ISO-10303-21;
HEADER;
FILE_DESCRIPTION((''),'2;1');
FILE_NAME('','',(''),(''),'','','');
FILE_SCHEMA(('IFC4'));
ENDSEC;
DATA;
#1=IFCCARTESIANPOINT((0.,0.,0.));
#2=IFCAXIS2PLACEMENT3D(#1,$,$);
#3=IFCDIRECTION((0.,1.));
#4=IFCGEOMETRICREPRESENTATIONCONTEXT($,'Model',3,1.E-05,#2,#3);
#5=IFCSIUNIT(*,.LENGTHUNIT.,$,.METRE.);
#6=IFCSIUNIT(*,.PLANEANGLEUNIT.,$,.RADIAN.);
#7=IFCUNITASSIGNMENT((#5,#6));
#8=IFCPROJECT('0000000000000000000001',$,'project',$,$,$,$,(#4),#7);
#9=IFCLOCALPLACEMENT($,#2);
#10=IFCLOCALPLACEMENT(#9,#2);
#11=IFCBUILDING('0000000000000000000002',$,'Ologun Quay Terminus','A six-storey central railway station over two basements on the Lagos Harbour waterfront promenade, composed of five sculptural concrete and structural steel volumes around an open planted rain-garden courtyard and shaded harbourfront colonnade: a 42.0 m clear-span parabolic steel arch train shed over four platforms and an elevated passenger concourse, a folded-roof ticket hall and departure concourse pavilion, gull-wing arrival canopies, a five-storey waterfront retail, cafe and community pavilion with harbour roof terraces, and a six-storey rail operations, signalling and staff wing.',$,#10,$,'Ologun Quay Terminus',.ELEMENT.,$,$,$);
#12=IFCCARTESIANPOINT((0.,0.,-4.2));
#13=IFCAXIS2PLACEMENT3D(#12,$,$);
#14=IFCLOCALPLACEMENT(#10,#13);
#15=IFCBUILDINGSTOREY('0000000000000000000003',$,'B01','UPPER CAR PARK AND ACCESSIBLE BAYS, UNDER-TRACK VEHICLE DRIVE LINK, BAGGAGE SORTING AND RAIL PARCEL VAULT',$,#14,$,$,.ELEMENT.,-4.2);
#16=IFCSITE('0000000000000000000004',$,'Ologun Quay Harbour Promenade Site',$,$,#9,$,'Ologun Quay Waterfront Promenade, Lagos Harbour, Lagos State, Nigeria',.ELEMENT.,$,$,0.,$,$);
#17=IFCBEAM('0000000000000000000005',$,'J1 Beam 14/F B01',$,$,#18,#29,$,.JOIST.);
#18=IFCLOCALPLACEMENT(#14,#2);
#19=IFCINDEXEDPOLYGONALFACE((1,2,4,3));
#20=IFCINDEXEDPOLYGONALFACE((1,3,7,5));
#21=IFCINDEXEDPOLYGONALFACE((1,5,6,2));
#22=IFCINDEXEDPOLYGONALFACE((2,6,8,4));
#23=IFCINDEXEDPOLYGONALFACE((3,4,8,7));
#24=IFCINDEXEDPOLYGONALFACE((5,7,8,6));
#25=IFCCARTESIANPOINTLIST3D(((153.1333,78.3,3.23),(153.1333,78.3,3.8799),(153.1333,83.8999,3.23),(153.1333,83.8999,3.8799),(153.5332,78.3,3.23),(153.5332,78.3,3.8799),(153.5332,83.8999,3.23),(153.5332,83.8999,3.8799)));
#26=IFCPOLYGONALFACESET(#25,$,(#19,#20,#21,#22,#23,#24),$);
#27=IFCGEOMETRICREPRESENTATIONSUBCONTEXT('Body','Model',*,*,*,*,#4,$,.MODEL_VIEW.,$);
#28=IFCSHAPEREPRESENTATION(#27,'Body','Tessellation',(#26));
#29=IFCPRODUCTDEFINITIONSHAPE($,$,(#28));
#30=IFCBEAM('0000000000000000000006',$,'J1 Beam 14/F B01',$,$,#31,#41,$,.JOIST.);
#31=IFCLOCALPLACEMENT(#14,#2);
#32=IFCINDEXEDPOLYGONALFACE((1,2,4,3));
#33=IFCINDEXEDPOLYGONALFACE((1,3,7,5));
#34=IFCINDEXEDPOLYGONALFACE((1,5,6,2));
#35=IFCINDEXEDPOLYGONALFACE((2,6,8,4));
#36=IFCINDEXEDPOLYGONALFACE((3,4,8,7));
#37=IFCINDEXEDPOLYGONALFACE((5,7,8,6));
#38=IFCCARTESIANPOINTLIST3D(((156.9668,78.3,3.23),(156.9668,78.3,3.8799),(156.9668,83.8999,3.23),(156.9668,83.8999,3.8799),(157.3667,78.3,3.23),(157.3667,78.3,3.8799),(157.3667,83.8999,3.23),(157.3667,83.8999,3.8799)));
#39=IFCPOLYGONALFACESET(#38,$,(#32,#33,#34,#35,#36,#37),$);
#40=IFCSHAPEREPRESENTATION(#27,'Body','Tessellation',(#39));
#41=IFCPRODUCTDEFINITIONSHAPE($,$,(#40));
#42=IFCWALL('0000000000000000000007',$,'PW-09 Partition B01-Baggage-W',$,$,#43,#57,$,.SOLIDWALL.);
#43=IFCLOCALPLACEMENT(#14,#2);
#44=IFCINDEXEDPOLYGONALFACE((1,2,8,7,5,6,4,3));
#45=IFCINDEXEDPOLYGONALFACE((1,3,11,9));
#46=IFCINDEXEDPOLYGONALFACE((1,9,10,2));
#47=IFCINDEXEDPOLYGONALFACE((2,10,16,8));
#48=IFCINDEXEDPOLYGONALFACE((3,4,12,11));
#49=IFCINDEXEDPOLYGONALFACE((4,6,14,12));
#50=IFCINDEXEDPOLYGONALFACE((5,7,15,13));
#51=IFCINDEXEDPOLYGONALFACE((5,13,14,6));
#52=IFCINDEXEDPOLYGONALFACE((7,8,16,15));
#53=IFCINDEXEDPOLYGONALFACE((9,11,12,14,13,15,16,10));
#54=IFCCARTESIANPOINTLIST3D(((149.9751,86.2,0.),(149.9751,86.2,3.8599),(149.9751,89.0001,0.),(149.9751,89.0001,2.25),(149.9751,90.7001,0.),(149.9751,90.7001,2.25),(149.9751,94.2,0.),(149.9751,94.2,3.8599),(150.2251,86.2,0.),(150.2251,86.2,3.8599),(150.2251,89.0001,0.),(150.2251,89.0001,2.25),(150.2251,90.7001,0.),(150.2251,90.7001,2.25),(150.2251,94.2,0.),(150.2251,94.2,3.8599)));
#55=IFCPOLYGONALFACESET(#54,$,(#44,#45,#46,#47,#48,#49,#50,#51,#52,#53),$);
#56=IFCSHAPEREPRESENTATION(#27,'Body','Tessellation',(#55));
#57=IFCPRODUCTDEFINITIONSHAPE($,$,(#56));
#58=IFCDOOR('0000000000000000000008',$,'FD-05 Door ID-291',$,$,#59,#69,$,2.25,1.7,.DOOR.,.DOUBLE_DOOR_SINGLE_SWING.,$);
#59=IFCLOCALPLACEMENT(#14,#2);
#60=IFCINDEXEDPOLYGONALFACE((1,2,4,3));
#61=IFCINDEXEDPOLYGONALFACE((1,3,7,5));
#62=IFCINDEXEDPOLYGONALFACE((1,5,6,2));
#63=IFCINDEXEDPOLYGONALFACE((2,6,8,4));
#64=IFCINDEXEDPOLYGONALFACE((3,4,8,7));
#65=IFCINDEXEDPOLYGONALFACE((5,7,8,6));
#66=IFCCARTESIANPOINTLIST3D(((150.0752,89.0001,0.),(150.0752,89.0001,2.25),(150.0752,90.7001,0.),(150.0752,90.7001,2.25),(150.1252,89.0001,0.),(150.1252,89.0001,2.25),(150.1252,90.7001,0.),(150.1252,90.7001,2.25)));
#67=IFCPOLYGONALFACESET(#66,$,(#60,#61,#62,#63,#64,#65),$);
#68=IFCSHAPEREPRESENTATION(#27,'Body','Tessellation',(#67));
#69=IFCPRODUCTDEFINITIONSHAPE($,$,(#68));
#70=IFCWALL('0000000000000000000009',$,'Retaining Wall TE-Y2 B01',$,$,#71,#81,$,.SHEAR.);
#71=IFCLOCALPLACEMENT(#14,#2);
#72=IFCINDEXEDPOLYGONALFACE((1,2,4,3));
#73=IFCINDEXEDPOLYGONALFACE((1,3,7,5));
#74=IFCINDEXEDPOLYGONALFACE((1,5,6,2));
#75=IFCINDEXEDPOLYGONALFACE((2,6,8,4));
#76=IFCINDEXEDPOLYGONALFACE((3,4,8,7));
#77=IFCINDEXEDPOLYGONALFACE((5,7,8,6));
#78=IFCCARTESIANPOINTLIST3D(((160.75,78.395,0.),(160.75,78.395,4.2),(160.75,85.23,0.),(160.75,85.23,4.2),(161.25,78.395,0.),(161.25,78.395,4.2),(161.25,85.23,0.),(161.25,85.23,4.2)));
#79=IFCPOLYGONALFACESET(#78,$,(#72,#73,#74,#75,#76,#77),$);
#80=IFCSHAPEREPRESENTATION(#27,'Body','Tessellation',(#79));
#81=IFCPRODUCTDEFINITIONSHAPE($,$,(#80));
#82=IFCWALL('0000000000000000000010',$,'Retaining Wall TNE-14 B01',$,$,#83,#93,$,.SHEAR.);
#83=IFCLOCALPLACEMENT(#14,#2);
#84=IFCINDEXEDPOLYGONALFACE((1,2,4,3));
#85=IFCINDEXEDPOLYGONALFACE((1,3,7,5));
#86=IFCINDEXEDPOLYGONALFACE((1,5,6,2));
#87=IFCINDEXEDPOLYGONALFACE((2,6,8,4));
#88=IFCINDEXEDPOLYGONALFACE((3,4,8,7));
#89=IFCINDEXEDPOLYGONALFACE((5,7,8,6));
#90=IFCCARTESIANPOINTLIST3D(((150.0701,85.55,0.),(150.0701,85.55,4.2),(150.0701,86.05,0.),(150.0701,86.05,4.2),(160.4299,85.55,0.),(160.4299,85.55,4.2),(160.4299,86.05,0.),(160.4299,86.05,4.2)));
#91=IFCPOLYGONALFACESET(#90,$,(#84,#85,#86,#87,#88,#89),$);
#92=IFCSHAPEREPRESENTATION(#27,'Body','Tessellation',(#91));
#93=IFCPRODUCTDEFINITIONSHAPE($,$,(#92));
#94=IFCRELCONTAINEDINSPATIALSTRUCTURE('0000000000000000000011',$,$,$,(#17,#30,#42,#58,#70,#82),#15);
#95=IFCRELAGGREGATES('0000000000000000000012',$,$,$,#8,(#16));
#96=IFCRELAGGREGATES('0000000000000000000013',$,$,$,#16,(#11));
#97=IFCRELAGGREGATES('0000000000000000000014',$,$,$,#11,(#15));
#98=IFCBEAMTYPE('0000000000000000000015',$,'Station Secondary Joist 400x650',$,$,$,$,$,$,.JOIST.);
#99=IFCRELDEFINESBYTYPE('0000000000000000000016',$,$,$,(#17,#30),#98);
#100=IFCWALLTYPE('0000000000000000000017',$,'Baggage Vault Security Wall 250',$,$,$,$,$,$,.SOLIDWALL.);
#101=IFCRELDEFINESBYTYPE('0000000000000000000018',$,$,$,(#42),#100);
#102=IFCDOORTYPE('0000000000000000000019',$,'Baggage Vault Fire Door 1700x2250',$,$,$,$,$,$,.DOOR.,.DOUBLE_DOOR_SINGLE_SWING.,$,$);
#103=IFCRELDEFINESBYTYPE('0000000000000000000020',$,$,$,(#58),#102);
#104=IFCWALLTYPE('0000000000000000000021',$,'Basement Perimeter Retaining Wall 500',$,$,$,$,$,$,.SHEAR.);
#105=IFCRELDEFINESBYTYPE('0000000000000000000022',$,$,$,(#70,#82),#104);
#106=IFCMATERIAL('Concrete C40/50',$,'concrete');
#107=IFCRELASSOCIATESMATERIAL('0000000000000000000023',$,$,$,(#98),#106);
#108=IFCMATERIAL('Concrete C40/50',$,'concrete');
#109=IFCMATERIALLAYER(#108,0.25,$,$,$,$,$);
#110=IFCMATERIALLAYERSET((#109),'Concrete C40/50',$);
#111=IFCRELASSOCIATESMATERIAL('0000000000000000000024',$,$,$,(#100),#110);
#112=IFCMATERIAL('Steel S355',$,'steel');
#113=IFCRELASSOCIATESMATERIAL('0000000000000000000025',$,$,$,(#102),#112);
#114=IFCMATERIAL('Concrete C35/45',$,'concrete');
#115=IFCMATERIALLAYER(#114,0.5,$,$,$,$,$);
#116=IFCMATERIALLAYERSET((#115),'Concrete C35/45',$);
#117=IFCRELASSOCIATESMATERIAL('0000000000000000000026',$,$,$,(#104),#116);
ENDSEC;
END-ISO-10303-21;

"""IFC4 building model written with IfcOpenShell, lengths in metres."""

from ifc_helpers import new_model, si_unit, direction, frame, frame_2d, origin, origin_2d, place, context, subcontext, project, spatial, rectangle, extrude, material, layer, layer_set, material_profile, profile_set, type_object, element, fill, save


model = new_model("IFC4")

# Units and contexts
model_context = context("Model", 3, precision=1e-05, world=origin(), true_north=direction((0.0, 1.0)))
body_context = subcontext(model_context, "Body", "Model", "MODEL_VIEW")
ifc_project = project(units=[si_unit("LENGTHUNIT", "METRE"), si_unit("PLANEANGLEUNIT", "RADIAN")], contexts=[model_context])

# Site, building, storey
site_placement = place(None, origin())
site = spatial("IfcSite", under=ifc_project, at=site_placement, Name="Ologun Quay Harbour Promenade Site", LongName="Ologun Quay Waterfront Promenade, Lagos Harbour, Lagos State, Nigeria", CompositionType="ELEMENT", RefElevation=0.0)
building_placement = place(site_placement, origin())
building = spatial("IfcBuilding", under=site, at=building_placement, Name="Ologun Quay Terminus", Description="A six-storey central railway station over two basements on the Lagos Harbour waterfront promenade, composed of five sculptural concrete and structural steel volumes around an open planted rain-garden courtyard and shaded harbourfront colonnade: a 42.0 m clear-span parabolic steel arch train shed over four platforms and an elevated passenger concourse, a folded-roof ticket hall and departure concourse pavilion, gull-wing arrival canopies, a five-storey waterfront retail, cafe and community pavilion with harbour roof terraces, and a six-storey rail operations, signalling and staff wing.", LongName="Ologun Quay Terminus", CompositionType="ELEMENT")
storey_placement = place(building_placement, frame((0.0, 0.0, -4.2)))
storey = spatial("IfcBuildingStorey", under=building, at=storey_placement, Name="B01", Description="UPPER CAR PARK AND ACCESSIBLE BAYS, UNDER-TRACK VEHICLE DRIVE LINK, BAGGAGE SORTING AND RAIL PARCEL VAULT", CompositionType="ELEMENT", Elevation=-4.2)

# Beams
ifc_material_1 = material(Name="Concrete C40/50", Category="concrete")
ifc_material_profile_1 = material_profile(ifc_material_1, rectangle(XDim=0.3999, YDim=0.6499, at=origin_2d()), Name="RC 400x650")
ifc_profile_set_1 = profile_set([ifc_material_profile_1], Name="Concrete C40/50")
beam_type_1 = type_object("IfcBeamType", Name="Station Secondary Joist 400x650", PredefinedType="JOIST", material=ifc_profile_set_1)
for number, where, z_axis, x_axis, name in (
    (1, (153.3333, 78.3, 3.5549), (0.0, 1.0, 0.0), (-1.0, 0.0, 0.0), "J1 Beam 14/F B01"),
    (2, (157.1667, 78.3, 3.5549), (0.0, 1.0, 0.0), (-1.0, 0.0, 0.0), "J1 Beam 14/F B01"),
):
    element("IfcBeam", number, at=place(storey_placement, frame(where, z_axis=z_axis, x_axis=x_axis)), inside=storey, type_object=beam_type_1, Name=name, PredefinedType="JOIST", context=body_context, shape_type="SweptSolid", body=[
        extrude(rectangle(XDim=0.3999, YDim=0.6499, at=origin_2d()), origin(), (0.0, 0.0, 1.0), 5.5999),
    ])

# Wall, opening, door
ifc_material_2 = material(Name="Concrete C40/50", Category="concrete")
ifc_layer_1 = layer(ifc_material_2, 0.25)
ifc_layer_set_1 = layer_set([ifc_layer_1], Name="Concrete C40/50")
wall_type_1 = type_object("IfcWallType", Name="Baggage Vault Security Wall 250", PredefinedType="SOLIDWALL", material=ifc_layer_set_1)
wall_1_placement = place(storey_placement, frame((150.1001, 86.2, 0.0), z_axis=(0.0, 0.0, 1.0), x_axis=(0.0, 1.0, 0.0)))
wall_1 = element("IfcWall", 3, at=wall_1_placement, inside=storey, type_object=wall_type_1, Name="PW-09 Partition B01-Baggage-W", PredefinedType="SOLIDWALL", context=body_context, shape_type="SweptSolid", body=[
    extrude(rectangle(XDim=8.0, YDim=0.25, at=frame_2d((4.0, 0.0))), origin(), (0.0, 0.0, 1.0), 3.8599),
])
opening_placement = place(wall_1_placement, frame((2.8, 0.0, 0.0)))
opening = element("IfcOpeningElement", 4, at=opening_placement, cuts=wall_1, PredefinedType="OPENING", context=body_context, shape_type="SweptSolid", body=[
    extrude(rectangle(XDim=1.7, YDim=2.25, at=frame_2d((0.8501, 1.125))), frame((0.0, 0.135, 0.0), z_axis=(0.0, -1.0, 0.0), x_axis=(1.0, 0.0, 0.0)), (0.0, 0.0, 1.0), 0.27),
])
ifc_material_3 = material(Name="Steel S355", Category="steel")
door_type = type_object("IfcDoorType", Name="Baggage Vault Fire Door 1700x2250", OperationType="DOUBLE_DOOR_SINGLE_SWING", PredefinedType="DOOR", material=ifc_material_3)
door_placement = place(opening_placement, origin())
door = element("IfcDoor", 5, at=door_placement, inside=storey, type_object=door_type, Name="FD-05 Door ID-291", OperationType="DOUBLE_DOOR_SINGLE_SWING", OverallHeight=2.25, OverallWidth=1.7, PredefinedType="DOOR", context=body_context, shape_type="SweptSolid", body=[
    extrude(rectangle(XDim=1.7, YDim=2.25, at=frame_2d((0.8501, 1.125))), frame((0.0, 0.0249, 0.0), z_axis=(0.0, -1.0, 0.0), x_axis=(1.0, 0.0, 0.0)), (0.0, 0.0, 1.0), 0.05),
])
fill(opening, door)

# Walls
ifc_material_4 = material(Name="Concrete C35/45", Category="concrete")
ifc_layer_2 = layer(ifc_material_4, 0.5)
ifc_layer_set_2 = layer_set([ifc_layer_2], Name="Concrete C35/45")
wall_type_2 = type_object("IfcWallType", Name="Basement Perimeter Retaining Wall 500", PredefinedType="SHEAR", material=ifc_layer_set_2)
wall_2_placement = place(storey_placement, frame((161.0, 78.395, 0.0), z_axis=(0.0, 0.0, 1.0), x_axis=(0.0, 1.0, 0.0)))
element("IfcWall", 6, at=wall_2_placement, inside=storey, type_object=wall_type_2, Name="Retaining Wall TE-Y2 B01", PredefinedType="SHEAR", context=body_context, shape_type="SweptSolid", body=[
    extrude(rectangle(XDim=6.835, YDim=0.5, at=frame_2d((3.4175, 0.0))), origin(), (0.0, 0.0, 1.0), 4.2),
])
wall_3_placement = place(storey_placement, frame((150.0701, 85.8, 0.0), z_axis=(0.0, 0.0, 1.0), x_axis=(1.0, 0.0, 0.0)))
element("IfcWall", 7, at=wall_3_placement, inside=storey, type_object=wall_type_2, Name="Retaining Wall TNE-14 B01", PredefinedType="SHEAR", context=body_context, shape_type="SweptSolid", body=[
    extrude(rectangle(XDim=10.3599, YDim=0.5, at=frame_2d((5.1799, 0.0))), origin(), (0.0, 0.0, 1.0), 4.2),
])

save(model, "model.ifc")
